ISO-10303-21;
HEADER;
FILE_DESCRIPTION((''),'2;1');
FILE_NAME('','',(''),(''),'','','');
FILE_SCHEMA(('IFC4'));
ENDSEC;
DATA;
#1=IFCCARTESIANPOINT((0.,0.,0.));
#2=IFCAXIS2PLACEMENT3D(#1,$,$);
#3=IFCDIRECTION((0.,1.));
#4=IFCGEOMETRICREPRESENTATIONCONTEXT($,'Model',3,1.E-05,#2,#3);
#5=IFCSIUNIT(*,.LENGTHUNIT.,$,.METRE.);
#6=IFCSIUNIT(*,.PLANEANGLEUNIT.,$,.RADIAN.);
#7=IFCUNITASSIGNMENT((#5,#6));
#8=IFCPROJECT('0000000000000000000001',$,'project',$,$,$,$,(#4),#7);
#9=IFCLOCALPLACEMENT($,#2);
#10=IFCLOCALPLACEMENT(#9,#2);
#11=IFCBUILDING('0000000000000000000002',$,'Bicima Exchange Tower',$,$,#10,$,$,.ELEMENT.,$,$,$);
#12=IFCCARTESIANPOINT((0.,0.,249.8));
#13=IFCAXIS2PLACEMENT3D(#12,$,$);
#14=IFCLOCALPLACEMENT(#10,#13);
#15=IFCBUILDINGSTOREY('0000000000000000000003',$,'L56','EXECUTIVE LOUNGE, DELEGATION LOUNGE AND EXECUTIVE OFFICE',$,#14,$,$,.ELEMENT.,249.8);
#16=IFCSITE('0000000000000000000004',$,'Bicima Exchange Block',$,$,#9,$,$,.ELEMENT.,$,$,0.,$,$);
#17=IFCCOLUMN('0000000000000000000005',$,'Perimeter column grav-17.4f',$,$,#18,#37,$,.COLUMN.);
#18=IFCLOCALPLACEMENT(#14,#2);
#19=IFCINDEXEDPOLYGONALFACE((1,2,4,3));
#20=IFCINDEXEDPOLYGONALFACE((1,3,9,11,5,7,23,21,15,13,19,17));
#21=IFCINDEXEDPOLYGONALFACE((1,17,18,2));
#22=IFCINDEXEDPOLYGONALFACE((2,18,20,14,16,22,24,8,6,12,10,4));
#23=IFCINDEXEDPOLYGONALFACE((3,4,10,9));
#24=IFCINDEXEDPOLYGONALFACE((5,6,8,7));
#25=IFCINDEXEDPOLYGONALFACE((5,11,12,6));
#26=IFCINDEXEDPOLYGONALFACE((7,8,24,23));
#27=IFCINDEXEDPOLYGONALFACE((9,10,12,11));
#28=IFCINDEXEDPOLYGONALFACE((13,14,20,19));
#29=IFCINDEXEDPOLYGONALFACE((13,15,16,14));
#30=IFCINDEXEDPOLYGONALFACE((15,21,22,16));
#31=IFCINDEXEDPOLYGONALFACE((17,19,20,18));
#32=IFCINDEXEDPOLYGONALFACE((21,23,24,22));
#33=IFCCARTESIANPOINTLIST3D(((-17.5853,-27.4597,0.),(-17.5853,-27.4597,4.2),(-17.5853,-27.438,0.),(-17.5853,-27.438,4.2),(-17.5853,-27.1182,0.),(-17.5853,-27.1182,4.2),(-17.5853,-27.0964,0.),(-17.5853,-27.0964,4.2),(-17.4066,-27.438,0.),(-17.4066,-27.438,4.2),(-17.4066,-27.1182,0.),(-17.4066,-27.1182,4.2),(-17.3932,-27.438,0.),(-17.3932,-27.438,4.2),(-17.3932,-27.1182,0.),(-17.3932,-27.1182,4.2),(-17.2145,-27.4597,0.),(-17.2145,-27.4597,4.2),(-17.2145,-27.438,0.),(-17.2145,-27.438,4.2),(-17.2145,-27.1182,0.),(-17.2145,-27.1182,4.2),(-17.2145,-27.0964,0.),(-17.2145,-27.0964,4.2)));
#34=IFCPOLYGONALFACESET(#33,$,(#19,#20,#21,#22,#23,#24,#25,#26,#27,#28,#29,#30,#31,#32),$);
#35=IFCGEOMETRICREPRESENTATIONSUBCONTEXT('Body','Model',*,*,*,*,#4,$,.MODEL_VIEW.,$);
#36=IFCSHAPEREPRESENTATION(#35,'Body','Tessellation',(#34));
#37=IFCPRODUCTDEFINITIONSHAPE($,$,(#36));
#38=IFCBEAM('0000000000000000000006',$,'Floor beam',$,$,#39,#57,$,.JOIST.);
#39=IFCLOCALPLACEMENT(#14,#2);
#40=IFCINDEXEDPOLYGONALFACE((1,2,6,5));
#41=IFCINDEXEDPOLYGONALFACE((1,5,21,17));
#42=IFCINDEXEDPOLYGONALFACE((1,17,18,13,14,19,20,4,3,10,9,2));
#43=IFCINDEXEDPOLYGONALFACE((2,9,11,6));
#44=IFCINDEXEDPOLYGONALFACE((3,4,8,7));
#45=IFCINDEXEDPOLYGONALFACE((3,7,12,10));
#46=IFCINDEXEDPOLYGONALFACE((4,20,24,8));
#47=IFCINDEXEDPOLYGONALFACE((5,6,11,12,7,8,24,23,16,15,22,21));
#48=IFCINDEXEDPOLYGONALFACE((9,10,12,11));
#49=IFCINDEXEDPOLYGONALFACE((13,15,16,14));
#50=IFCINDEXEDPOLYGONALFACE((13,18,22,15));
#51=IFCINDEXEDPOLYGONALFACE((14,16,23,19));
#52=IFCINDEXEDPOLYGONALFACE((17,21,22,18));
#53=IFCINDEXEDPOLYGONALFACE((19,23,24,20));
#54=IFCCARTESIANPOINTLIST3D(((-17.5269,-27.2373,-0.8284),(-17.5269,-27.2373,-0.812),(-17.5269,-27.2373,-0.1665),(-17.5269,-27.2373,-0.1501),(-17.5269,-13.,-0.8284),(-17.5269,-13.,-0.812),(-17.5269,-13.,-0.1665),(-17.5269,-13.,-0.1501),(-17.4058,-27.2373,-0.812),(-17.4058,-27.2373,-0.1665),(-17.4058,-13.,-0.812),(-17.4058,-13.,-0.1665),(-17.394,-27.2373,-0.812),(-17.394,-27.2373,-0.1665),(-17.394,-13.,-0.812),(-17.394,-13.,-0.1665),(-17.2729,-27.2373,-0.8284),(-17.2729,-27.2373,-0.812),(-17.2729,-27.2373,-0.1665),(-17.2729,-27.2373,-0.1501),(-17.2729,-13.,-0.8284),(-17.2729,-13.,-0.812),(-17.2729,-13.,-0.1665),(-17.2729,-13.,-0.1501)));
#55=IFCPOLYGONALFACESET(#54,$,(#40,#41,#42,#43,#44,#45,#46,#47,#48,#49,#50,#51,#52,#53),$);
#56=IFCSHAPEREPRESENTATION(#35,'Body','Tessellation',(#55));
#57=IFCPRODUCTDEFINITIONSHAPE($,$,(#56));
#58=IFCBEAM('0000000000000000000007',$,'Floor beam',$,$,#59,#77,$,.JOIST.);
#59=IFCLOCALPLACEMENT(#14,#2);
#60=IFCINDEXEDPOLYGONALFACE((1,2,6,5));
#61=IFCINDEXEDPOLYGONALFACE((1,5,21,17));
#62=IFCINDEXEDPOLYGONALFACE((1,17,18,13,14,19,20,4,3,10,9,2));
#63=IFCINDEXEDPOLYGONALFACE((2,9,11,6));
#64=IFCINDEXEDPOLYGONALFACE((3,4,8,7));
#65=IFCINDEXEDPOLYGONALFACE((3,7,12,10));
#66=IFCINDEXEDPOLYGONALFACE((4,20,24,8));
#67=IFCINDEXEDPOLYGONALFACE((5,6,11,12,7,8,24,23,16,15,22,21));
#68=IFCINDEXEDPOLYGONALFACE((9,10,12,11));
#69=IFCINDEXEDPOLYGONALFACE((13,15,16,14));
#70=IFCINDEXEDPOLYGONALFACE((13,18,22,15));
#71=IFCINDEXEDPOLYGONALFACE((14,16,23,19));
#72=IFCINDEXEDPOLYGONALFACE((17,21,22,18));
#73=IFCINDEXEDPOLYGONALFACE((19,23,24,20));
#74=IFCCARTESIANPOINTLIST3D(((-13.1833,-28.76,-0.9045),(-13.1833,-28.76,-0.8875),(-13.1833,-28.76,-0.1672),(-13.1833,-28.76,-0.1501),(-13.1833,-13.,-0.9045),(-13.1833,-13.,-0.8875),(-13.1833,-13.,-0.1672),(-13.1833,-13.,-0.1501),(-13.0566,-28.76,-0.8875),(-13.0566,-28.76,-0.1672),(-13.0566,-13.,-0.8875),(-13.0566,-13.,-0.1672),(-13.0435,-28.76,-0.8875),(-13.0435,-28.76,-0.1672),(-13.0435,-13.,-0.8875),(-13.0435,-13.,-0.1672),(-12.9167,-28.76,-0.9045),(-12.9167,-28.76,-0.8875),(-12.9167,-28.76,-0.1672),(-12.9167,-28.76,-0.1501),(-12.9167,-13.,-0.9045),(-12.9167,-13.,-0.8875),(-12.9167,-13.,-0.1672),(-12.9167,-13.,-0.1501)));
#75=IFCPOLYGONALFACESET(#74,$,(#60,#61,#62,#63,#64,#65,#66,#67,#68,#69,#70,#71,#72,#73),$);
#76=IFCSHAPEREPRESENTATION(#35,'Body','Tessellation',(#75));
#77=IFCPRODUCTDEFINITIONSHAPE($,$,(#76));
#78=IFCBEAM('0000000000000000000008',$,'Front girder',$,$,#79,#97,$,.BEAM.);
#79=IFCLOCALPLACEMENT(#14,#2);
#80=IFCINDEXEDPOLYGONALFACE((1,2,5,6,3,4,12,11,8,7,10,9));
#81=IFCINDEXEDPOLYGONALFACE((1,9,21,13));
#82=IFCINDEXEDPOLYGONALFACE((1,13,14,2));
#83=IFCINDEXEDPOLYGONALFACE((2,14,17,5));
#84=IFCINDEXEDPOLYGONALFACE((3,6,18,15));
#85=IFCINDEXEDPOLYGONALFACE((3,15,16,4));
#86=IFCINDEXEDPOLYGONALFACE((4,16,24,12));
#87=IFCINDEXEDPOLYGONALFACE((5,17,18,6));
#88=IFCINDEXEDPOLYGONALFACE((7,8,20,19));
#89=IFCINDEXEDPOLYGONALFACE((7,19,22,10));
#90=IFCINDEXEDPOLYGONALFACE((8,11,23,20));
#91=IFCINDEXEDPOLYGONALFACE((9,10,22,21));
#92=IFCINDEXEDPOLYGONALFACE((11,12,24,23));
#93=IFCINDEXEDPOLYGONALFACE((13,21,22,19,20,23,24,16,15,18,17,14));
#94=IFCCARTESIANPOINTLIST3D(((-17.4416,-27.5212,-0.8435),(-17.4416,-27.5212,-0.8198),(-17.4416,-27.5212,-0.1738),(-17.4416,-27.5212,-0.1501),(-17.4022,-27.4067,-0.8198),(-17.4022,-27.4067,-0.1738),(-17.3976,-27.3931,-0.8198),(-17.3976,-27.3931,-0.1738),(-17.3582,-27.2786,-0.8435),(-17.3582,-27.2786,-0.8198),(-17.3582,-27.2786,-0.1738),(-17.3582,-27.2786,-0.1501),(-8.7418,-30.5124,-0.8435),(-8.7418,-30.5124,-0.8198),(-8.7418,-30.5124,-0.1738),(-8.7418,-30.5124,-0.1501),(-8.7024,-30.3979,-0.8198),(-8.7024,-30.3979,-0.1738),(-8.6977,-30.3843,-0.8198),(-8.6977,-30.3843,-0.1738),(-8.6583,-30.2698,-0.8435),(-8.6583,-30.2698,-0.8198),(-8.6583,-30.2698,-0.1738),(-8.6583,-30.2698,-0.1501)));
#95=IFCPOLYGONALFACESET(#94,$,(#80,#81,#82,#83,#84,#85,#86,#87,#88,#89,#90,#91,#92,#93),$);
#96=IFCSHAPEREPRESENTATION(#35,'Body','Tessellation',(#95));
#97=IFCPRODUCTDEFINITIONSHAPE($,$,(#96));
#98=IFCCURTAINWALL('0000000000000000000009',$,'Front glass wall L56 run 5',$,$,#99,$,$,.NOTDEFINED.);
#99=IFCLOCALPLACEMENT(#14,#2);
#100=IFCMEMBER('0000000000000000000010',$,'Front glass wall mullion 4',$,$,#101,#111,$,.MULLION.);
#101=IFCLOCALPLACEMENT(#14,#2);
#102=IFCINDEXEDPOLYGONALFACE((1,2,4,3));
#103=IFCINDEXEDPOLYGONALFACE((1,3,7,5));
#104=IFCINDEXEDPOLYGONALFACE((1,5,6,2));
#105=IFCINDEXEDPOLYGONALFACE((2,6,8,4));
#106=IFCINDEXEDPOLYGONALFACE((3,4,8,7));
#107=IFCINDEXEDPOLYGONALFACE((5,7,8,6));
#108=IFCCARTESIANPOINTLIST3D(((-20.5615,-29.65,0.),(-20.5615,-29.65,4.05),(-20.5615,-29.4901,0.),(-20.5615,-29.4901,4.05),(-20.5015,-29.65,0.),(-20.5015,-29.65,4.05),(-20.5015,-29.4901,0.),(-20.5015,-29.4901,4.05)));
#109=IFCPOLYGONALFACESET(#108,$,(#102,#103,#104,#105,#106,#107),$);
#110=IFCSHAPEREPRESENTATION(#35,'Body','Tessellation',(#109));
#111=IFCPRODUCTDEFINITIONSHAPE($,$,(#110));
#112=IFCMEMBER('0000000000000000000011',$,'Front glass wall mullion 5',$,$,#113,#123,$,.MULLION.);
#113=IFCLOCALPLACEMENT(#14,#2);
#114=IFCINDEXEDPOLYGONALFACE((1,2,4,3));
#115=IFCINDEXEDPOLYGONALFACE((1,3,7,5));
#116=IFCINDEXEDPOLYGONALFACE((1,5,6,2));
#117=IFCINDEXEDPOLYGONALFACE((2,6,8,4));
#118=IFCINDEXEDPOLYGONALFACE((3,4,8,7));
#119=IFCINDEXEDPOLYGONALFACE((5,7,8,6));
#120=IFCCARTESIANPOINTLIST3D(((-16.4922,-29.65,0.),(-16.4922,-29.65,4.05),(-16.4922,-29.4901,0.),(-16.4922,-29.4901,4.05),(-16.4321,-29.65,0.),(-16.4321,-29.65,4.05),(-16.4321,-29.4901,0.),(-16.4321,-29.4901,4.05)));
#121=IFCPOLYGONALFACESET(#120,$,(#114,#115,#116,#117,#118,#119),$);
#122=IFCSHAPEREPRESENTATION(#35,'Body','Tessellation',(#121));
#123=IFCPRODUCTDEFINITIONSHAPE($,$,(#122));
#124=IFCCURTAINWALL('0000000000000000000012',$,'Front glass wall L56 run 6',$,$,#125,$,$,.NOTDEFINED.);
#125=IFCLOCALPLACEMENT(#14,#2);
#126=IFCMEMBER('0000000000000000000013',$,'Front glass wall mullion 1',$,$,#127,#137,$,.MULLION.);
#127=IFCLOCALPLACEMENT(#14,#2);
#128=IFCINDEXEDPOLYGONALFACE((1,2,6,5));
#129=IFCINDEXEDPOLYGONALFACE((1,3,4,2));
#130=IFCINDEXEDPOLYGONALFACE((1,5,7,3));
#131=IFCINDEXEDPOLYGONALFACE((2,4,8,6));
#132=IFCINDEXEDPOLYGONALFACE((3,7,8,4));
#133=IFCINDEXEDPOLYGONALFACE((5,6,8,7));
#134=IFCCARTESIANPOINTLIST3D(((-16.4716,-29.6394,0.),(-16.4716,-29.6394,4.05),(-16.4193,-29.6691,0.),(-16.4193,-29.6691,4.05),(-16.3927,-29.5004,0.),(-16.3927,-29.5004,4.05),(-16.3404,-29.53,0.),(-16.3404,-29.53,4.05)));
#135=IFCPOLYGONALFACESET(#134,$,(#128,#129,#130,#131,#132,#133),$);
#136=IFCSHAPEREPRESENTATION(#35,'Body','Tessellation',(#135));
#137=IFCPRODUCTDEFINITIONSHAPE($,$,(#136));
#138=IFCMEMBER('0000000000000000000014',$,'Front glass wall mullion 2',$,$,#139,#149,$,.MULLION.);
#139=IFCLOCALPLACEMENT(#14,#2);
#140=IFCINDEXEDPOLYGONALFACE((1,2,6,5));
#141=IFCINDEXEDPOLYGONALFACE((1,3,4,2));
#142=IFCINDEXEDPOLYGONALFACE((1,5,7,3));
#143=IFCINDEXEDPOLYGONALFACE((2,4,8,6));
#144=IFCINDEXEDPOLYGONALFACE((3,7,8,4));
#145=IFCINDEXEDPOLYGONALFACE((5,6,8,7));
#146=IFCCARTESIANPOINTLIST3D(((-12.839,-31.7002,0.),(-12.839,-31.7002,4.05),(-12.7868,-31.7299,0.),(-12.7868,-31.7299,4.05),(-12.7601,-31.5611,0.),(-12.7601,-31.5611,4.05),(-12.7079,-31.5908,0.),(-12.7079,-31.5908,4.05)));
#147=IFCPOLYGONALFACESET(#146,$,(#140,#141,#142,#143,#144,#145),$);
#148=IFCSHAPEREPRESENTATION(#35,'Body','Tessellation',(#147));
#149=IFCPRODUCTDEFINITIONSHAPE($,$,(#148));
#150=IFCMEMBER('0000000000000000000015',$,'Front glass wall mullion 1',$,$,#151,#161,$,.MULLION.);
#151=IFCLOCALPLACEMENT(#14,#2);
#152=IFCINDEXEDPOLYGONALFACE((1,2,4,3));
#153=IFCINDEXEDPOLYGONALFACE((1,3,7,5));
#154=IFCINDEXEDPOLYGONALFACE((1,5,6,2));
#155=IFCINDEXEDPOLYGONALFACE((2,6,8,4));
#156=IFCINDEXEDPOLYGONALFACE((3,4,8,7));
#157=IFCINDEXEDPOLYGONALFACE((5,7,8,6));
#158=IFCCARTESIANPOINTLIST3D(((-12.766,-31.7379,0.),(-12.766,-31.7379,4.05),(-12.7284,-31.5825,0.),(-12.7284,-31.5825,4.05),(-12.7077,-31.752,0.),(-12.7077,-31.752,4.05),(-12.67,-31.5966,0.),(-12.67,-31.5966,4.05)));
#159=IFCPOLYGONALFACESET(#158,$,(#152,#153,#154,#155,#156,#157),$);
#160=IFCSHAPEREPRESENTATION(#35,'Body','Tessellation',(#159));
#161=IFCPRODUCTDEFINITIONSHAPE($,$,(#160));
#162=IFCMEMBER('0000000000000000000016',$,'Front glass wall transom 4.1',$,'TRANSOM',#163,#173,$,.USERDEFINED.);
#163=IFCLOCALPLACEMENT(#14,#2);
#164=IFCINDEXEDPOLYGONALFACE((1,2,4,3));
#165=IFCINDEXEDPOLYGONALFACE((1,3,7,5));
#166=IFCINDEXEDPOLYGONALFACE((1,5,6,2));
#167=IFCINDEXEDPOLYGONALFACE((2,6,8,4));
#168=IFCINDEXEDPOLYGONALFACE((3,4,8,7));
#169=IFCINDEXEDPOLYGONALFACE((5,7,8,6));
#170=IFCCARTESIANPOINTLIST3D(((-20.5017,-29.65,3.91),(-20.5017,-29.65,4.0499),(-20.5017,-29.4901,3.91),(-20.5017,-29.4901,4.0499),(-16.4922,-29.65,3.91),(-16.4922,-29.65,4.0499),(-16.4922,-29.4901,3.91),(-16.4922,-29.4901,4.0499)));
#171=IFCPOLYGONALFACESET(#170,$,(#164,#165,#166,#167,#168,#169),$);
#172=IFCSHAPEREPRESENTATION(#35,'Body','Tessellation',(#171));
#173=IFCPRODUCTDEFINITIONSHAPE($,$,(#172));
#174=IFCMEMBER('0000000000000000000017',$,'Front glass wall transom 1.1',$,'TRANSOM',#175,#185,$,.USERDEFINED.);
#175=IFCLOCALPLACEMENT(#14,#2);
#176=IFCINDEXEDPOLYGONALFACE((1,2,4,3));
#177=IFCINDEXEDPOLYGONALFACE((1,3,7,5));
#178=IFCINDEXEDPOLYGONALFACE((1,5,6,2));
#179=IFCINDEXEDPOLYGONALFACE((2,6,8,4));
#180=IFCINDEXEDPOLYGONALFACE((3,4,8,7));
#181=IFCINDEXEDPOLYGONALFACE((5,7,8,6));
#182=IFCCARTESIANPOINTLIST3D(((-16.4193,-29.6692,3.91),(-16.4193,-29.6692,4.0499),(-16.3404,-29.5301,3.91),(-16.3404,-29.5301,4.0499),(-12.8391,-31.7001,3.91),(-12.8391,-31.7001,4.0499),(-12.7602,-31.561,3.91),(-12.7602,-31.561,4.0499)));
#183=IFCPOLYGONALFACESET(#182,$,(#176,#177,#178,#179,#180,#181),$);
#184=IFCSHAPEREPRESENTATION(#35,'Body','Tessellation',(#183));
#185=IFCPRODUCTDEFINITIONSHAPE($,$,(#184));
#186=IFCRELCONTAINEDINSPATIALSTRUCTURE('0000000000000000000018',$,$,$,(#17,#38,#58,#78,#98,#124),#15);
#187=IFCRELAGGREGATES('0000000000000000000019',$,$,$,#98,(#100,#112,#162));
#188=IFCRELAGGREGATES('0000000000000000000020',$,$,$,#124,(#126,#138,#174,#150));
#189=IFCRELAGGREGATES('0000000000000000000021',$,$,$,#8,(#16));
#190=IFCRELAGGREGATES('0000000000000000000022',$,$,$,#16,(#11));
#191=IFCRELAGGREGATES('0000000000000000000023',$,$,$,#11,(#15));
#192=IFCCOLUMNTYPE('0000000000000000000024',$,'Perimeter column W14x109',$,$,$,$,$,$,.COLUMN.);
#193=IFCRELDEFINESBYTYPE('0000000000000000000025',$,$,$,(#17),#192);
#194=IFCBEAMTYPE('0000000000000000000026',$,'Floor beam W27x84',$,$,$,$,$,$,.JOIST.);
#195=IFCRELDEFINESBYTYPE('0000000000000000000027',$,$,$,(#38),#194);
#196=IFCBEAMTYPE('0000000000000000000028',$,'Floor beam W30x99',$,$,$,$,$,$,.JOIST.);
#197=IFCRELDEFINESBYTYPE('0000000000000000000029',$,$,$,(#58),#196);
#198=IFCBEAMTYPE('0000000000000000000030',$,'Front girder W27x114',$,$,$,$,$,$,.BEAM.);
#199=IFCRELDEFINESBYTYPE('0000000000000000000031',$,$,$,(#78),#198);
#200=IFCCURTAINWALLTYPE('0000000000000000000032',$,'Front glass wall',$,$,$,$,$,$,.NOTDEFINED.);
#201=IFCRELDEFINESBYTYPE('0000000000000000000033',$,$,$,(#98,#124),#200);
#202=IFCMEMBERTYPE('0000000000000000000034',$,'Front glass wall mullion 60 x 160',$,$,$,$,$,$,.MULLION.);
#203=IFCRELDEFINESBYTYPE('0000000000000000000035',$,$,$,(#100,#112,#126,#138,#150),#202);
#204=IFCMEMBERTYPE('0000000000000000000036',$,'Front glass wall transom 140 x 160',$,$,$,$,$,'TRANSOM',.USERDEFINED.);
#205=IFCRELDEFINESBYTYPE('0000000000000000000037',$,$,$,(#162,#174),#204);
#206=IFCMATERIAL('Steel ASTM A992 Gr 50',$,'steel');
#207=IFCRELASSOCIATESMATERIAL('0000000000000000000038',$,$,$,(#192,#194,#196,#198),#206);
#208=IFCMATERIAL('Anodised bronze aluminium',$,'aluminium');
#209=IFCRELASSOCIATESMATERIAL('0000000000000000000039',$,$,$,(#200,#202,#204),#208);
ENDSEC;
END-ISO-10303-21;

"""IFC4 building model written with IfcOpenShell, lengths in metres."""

from ifc_helpers import new_model, si_unit, direction, frame, origin, origin_2d, place, context, subcontext, project, spatial, rectangle, i_section, extrude, material, material_profile, profile_set, type_object, element, aggregate, save


model = new_model("IFC4")

# Units and contexts
model_context = context("Model", 3, precision=1e-05, world=origin(), true_north=direction((0.0, 1.0)))
body_context = subcontext(model_context, "Body", "Model", "MODEL_VIEW")
ifc_project = project(units=[si_unit("LENGTHUNIT", "METRE"), si_unit("PLANEANGLEUNIT", "RADIAN")], contexts=[model_context])

# Site, building, storey
site_placement = place(None, origin())
site = spatial("IfcSite", under=ifc_project, at=site_placement, Name="Bicima Exchange Block", CompositionType="ELEMENT", RefElevation=0.0)
building_placement = place(site_placement, origin())
building = spatial("IfcBuilding", under=site, at=building_placement, Name="Bicima Exchange Tower", CompositionType="ELEMENT")
storey_placement = place(building_placement, frame((0.0, 0.0, 249.8)))
storey = spatial("IfcBuildingStorey", under=building, at=storey_placement, Name="L56", Description="EXECUTIVE LOUNGE, DELEGATION LOUNGE AND EXECUTIVE OFFICE", CompositionType="ELEMENT", Elevation=249.8)

# Column
ifc_material_1 = material(Name="Steel ASTM A992 Gr 50", Category="steel")
ifc_material_profile_1 = material_profile(ifc_material_1, i_section(OverallWidth=0.3708, OverallDepth=0.3633, WebThickness=0.0134, FlangeThickness=0.0217, at=origin_2d()))
ifc_profile_set_1 = profile_set([ifc_material_profile_1], Name="Steel ASTM A992 Gr 50")
column_type = type_object("IfcColumnType", Name="Perimeter column W14x109", PredefinedType="COLUMN", material=ifc_profile_set_1)
column_placement = place(storey_placement, frame((-17.3999, -27.2781, 0.0), z_axis=(0.0, 0.0, 1.0), x_axis=(1.0, 0.0, 0.0)))
element("IfcColumn", 1, at=column_placement, inside=storey, type_object=column_type, Name="Perimeter column grav-17.4f", PredefinedType="COLUMN", context=body_context, shape_type="SweptSolid", body=[
    extrude(i_section(OverallWidth=0.3708, OverallDepth=0.3633, WebThickness=0.0134, FlangeThickness=0.0217, at=origin_2d()), origin(), (0.0, 0.0, 1.0), 4.2),
])

# Beams
ifc_material_profile_2 = material_profile(ifc_material_1, i_section(OverallWidth=0.2539, OverallDepth=0.6782, WebThickness=0.0117, FlangeThickness=0.0164, at=origin_2d()))
ifc_profile_set_2 = profile_set([ifc_material_profile_2], Name="Steel ASTM A992 Gr 50")
beam_type_1 = type_object("IfcBeamType", Name="Floor beam W27x84", PredefinedType="JOIST", material=ifc_profile_set_2)
beam_1_placement = place(storey_placement, frame((-17.3999, -13.0, -0.4893), z_axis=(0.0, -1.0, 0.0), x_axis=(1.0, 0.0, 0.0)))
element("IfcBeam", 2, at=beam_1_placement, inside=storey, type_object=beam_type_1, Name="Floor beam", PredefinedType="JOIST", context=body_context, shape_type="SweptSolid", body=[
    extrude(i_section(OverallWidth=0.2539, OverallDepth=0.6782, WebThickness=0.0117, FlangeThickness=0.0164, at=origin_2d()), origin(), (0.0, 0.0, 1.0), 14.2373),
])
ifc_material_profile_3 = material_profile(ifc_material_1, i_section(OverallWidth=0.2666, OverallDepth=0.7544, WebThickness=0.0132, FlangeThickness=0.0171, at=origin_2d()))
ifc_profile_set_3 = profile_set([ifc_material_profile_3], Name="Steel ASTM A992 Gr 50")
beam_type_2 = type_object("IfcBeamType", Name="Floor beam W30x99", PredefinedType="JOIST", material=ifc_profile_set_3)
beam_2_placement = place(storey_placement, frame((-13.05, -13.0, -0.5273), z_axis=(0.0, -1.0, 0.0), x_axis=(1.0, 0.0, 0.0)))
element("IfcBeam", 3, at=beam_2_placement, inside=storey, type_object=beam_type_2, Name="Floor beam", PredefinedType="JOIST", context=body_context, shape_type="SweptSolid", body=[
    extrude(i_section(OverallWidth=0.2666, OverallDepth=0.7544, WebThickness=0.0132, FlangeThickness=0.0171, at=origin_2d()), origin(), (0.0, 0.0, 1.0), 15.76),
])
ifc_material_profile_4 = material_profile(ifc_material_1, i_section(OverallWidth=0.2566, OverallDepth=0.6934, WebThickness=0.0144, FlangeThickness=0.0237, at=origin_2d()))
ifc_profile_set_4 = profile_set([ifc_material_profile_4], Name="Steel ASTM A992 Gr 50")
beam_type_3 = type_object("IfcBeamType", Name="Front girder W27x114", PredefinedType="BEAM", material=ifc_profile_set_4)
beam_3_placement = place(storey_placement, frame((-17.3999, -27.3999, -0.4968), z_axis=(0.945666, -0.325138, 0.0), x_axis=(0.325138, 0.945666, 0.0)))
element("IfcBeam", 4, at=beam_3_placement, inside=storey, type_object=beam_type_3, Name="Front girder", PredefinedType="BEAM", context=body_context, shape_type="SweptSolid", body=[
    extrude(i_section(OverallWidth=0.2566, OverallDepth=0.6934, WebThickness=0.0144, FlangeThickness=0.0237, at=origin_2d()), origin(), (0.0, 0.0, 1.0), 9.1997),
])

# Curtain walls, members
ifc_material_2 = material(Name="Anodised bronze aluminium", Category="aluminium")
curtain_wall_type = type_object("IfcCurtainWallType", Name="Front glass wall", PredefinedType="NOTDEFINED", material=ifc_material_2)
curtain_wall_1_placement = place(storey_placement, origin())
curtain_wall_1 = element("IfcCurtainWall", 5, at=curtain_wall_1_placement, inside=storey, type_object=curtain_wall_type, Name="Front glass wall L56 run 5", PredefinedType="NOTDEFINED")
ifc_material_profile_5 = material_profile(ifc_material_2, rectangle(XDim=0.1599, YDim=0.0601, at=origin_2d()))
ifc_profile_set_5 = profile_set([ifc_material_profile_5], Name="Anodised bronze aluminium")
member_type_1 = type_object("IfcMemberType", Name="Front glass wall mullion 60 x 160", PredefinedType="MULLION", material=ifc_profile_set_5)
member_1_placement = place(storey_placement, frame((-20.5315, -29.5701, 0.0), z_axis=(0.0, 0.0, 1.0), x_axis=(0.0, 1.0, 0.0)))
member_1 = element("IfcMember", 6, at=member_1_placement, type_object=member_type_1, Name="Front glass wall mullion 4", PredefinedType="MULLION", context=body_context, shape_type="SweptSolid", body=[
    extrude(rectangle(XDim=0.1599, YDim=0.0601, at=origin_2d()), origin(), (0.0, 0.0, 1.0), 4.05),
])
member_2_placement = place(storey_placement, frame((-16.4622, -29.5701, 0.0), z_axis=(0.0, 0.0, 1.0), x_axis=(0.0, 1.0, 0.0)))
member_2 = element("IfcMember", 7, at=member_2_placement, type_object=member_type_1, Name="Front glass wall mullion 5", PredefinedType="MULLION", context=body_context, shape_type="SweptSolid", body=[
    extrude(rectangle(XDim=0.1599, YDim=0.0601, at=origin_2d()), origin(), (0.0, 0.0, 1.0), 4.05),
])
curtain_wall_2_placement = place(storey_placement, origin())
curtain_wall_2 = element("IfcCurtainWall", 8, at=curtain_wall_2_placement, inside=storey, type_object=curtain_wall_type, Name="Front glass wall L56 run 6", PredefinedType="NOTDEFINED")
member_3_placement = place(storey_placement, frame((-16.406, -29.5847, 0.0), z_axis=(0.0, 0.0, 1.0), x_axis=(0.493395, 0.869805, 0.0)))
member_3 = element("IfcMember", 9, at=member_3_placement, type_object=member_type_1, Name="Front glass wall mullion 1", PredefinedType="MULLION", context=body_context, shape_type="SweptSolid", body=[
    extrude(rectangle(XDim=0.1599, YDim=0.0601, at=origin_2d()), origin(), (0.0, 0.0, 1.0), 4.05),
])
member_4_placement = place(storey_placement, frame((-12.7734, -31.6455, 0.0), z_axis=(0.0, 0.0, 1.0), x_axis=(0.493395, 0.869805, 0.0)))
member_4 = element("IfcMember", 10, at=member_4_placement, type_object=member_type_1, Name="Front glass wall mullion 2", PredefinedType="MULLION", context=body_context, shape_type="SweptSolid", body=[
    extrude(rectangle(XDim=0.1599, YDim=0.0601, at=origin_2d()), origin(), (0.0, 0.0, 1.0), 4.05),
])
member_5_placement = place(storey_placement, frame((-12.718, -31.6672, 0.0), z_axis=(0.0, 0.0, 1.0), x_axis=(0.235682, 0.97183, 0.0)))
member_5 = element("IfcMember", 11, at=member_5_placement, type_object=member_type_1, Name="Front glass wall mullion 1", PredefinedType="MULLION", context=body_context, shape_type="SweptSolid", body=[
    extrude(rectangle(XDim=0.1599, YDim=0.0601, at=origin_2d()), origin(), (0.0, 0.0, 1.0), 4.05),
])

# Members
ifc_material_profile_6 = material_profile(ifc_material_2, rectangle(XDim=0.1599, YDim=0.1399, at=origin_2d()))
ifc_profile_set_6 = profile_set([ifc_material_profile_6], Name="Anodised bronze aluminium")
member_type_2 = type_object("IfcMemberType", Name="Front glass wall transom 140 x 160", ElementType="TRANSOM", PredefinedType="USERDEFINED", material=ifc_profile_set_6)
member_6_placement = place(storey_placement, frame((-20.5017, -29.5701, 3.98), z_axis=(1.0, 0.0, 0.0), x_axis=(0.0, 1.0, 0.0)))
member_6 = element("IfcMember", 12, at=member_6_placement, type_object=member_type_2, Name="Front glass wall transom 4.1", ObjectType="TRANSOM", PredefinedType="USERDEFINED", context=body_context, shape_type="SweptSolid", body=[
    extrude(rectangle(XDim=0.1599, YDim=0.1399, at=origin_2d()), origin(), (0.0, 0.0, 1.0), 4.0095),
])
member_7_placement = place(storey_placement, frame((-16.3799, -29.5996, 3.98), z_axis=(0.869797, -0.493409, 0.0), x_axis=(0.493409, 0.869797, 0.0)))
member_7 = element("IfcMember", 13, at=member_7_placement, type_object=member_type_2, Name="Front glass wall transom 1.1", ObjectType="TRANSOM", PredefinedType="USERDEFINED", context=body_context, shape_type="SweptSolid", body=[
    extrude(rectangle(XDim=0.1599, YDim=0.1399, at=origin_2d()), origin(), (0.0, 0.0, 1.0), 4.1162),
])

aggregate(curtain_wall_1, [member_1, member_2, member_6])
aggregate(curtain_wall_2, [member_3, member_4, member_7, member_5])

save(model, "model.ifc")
